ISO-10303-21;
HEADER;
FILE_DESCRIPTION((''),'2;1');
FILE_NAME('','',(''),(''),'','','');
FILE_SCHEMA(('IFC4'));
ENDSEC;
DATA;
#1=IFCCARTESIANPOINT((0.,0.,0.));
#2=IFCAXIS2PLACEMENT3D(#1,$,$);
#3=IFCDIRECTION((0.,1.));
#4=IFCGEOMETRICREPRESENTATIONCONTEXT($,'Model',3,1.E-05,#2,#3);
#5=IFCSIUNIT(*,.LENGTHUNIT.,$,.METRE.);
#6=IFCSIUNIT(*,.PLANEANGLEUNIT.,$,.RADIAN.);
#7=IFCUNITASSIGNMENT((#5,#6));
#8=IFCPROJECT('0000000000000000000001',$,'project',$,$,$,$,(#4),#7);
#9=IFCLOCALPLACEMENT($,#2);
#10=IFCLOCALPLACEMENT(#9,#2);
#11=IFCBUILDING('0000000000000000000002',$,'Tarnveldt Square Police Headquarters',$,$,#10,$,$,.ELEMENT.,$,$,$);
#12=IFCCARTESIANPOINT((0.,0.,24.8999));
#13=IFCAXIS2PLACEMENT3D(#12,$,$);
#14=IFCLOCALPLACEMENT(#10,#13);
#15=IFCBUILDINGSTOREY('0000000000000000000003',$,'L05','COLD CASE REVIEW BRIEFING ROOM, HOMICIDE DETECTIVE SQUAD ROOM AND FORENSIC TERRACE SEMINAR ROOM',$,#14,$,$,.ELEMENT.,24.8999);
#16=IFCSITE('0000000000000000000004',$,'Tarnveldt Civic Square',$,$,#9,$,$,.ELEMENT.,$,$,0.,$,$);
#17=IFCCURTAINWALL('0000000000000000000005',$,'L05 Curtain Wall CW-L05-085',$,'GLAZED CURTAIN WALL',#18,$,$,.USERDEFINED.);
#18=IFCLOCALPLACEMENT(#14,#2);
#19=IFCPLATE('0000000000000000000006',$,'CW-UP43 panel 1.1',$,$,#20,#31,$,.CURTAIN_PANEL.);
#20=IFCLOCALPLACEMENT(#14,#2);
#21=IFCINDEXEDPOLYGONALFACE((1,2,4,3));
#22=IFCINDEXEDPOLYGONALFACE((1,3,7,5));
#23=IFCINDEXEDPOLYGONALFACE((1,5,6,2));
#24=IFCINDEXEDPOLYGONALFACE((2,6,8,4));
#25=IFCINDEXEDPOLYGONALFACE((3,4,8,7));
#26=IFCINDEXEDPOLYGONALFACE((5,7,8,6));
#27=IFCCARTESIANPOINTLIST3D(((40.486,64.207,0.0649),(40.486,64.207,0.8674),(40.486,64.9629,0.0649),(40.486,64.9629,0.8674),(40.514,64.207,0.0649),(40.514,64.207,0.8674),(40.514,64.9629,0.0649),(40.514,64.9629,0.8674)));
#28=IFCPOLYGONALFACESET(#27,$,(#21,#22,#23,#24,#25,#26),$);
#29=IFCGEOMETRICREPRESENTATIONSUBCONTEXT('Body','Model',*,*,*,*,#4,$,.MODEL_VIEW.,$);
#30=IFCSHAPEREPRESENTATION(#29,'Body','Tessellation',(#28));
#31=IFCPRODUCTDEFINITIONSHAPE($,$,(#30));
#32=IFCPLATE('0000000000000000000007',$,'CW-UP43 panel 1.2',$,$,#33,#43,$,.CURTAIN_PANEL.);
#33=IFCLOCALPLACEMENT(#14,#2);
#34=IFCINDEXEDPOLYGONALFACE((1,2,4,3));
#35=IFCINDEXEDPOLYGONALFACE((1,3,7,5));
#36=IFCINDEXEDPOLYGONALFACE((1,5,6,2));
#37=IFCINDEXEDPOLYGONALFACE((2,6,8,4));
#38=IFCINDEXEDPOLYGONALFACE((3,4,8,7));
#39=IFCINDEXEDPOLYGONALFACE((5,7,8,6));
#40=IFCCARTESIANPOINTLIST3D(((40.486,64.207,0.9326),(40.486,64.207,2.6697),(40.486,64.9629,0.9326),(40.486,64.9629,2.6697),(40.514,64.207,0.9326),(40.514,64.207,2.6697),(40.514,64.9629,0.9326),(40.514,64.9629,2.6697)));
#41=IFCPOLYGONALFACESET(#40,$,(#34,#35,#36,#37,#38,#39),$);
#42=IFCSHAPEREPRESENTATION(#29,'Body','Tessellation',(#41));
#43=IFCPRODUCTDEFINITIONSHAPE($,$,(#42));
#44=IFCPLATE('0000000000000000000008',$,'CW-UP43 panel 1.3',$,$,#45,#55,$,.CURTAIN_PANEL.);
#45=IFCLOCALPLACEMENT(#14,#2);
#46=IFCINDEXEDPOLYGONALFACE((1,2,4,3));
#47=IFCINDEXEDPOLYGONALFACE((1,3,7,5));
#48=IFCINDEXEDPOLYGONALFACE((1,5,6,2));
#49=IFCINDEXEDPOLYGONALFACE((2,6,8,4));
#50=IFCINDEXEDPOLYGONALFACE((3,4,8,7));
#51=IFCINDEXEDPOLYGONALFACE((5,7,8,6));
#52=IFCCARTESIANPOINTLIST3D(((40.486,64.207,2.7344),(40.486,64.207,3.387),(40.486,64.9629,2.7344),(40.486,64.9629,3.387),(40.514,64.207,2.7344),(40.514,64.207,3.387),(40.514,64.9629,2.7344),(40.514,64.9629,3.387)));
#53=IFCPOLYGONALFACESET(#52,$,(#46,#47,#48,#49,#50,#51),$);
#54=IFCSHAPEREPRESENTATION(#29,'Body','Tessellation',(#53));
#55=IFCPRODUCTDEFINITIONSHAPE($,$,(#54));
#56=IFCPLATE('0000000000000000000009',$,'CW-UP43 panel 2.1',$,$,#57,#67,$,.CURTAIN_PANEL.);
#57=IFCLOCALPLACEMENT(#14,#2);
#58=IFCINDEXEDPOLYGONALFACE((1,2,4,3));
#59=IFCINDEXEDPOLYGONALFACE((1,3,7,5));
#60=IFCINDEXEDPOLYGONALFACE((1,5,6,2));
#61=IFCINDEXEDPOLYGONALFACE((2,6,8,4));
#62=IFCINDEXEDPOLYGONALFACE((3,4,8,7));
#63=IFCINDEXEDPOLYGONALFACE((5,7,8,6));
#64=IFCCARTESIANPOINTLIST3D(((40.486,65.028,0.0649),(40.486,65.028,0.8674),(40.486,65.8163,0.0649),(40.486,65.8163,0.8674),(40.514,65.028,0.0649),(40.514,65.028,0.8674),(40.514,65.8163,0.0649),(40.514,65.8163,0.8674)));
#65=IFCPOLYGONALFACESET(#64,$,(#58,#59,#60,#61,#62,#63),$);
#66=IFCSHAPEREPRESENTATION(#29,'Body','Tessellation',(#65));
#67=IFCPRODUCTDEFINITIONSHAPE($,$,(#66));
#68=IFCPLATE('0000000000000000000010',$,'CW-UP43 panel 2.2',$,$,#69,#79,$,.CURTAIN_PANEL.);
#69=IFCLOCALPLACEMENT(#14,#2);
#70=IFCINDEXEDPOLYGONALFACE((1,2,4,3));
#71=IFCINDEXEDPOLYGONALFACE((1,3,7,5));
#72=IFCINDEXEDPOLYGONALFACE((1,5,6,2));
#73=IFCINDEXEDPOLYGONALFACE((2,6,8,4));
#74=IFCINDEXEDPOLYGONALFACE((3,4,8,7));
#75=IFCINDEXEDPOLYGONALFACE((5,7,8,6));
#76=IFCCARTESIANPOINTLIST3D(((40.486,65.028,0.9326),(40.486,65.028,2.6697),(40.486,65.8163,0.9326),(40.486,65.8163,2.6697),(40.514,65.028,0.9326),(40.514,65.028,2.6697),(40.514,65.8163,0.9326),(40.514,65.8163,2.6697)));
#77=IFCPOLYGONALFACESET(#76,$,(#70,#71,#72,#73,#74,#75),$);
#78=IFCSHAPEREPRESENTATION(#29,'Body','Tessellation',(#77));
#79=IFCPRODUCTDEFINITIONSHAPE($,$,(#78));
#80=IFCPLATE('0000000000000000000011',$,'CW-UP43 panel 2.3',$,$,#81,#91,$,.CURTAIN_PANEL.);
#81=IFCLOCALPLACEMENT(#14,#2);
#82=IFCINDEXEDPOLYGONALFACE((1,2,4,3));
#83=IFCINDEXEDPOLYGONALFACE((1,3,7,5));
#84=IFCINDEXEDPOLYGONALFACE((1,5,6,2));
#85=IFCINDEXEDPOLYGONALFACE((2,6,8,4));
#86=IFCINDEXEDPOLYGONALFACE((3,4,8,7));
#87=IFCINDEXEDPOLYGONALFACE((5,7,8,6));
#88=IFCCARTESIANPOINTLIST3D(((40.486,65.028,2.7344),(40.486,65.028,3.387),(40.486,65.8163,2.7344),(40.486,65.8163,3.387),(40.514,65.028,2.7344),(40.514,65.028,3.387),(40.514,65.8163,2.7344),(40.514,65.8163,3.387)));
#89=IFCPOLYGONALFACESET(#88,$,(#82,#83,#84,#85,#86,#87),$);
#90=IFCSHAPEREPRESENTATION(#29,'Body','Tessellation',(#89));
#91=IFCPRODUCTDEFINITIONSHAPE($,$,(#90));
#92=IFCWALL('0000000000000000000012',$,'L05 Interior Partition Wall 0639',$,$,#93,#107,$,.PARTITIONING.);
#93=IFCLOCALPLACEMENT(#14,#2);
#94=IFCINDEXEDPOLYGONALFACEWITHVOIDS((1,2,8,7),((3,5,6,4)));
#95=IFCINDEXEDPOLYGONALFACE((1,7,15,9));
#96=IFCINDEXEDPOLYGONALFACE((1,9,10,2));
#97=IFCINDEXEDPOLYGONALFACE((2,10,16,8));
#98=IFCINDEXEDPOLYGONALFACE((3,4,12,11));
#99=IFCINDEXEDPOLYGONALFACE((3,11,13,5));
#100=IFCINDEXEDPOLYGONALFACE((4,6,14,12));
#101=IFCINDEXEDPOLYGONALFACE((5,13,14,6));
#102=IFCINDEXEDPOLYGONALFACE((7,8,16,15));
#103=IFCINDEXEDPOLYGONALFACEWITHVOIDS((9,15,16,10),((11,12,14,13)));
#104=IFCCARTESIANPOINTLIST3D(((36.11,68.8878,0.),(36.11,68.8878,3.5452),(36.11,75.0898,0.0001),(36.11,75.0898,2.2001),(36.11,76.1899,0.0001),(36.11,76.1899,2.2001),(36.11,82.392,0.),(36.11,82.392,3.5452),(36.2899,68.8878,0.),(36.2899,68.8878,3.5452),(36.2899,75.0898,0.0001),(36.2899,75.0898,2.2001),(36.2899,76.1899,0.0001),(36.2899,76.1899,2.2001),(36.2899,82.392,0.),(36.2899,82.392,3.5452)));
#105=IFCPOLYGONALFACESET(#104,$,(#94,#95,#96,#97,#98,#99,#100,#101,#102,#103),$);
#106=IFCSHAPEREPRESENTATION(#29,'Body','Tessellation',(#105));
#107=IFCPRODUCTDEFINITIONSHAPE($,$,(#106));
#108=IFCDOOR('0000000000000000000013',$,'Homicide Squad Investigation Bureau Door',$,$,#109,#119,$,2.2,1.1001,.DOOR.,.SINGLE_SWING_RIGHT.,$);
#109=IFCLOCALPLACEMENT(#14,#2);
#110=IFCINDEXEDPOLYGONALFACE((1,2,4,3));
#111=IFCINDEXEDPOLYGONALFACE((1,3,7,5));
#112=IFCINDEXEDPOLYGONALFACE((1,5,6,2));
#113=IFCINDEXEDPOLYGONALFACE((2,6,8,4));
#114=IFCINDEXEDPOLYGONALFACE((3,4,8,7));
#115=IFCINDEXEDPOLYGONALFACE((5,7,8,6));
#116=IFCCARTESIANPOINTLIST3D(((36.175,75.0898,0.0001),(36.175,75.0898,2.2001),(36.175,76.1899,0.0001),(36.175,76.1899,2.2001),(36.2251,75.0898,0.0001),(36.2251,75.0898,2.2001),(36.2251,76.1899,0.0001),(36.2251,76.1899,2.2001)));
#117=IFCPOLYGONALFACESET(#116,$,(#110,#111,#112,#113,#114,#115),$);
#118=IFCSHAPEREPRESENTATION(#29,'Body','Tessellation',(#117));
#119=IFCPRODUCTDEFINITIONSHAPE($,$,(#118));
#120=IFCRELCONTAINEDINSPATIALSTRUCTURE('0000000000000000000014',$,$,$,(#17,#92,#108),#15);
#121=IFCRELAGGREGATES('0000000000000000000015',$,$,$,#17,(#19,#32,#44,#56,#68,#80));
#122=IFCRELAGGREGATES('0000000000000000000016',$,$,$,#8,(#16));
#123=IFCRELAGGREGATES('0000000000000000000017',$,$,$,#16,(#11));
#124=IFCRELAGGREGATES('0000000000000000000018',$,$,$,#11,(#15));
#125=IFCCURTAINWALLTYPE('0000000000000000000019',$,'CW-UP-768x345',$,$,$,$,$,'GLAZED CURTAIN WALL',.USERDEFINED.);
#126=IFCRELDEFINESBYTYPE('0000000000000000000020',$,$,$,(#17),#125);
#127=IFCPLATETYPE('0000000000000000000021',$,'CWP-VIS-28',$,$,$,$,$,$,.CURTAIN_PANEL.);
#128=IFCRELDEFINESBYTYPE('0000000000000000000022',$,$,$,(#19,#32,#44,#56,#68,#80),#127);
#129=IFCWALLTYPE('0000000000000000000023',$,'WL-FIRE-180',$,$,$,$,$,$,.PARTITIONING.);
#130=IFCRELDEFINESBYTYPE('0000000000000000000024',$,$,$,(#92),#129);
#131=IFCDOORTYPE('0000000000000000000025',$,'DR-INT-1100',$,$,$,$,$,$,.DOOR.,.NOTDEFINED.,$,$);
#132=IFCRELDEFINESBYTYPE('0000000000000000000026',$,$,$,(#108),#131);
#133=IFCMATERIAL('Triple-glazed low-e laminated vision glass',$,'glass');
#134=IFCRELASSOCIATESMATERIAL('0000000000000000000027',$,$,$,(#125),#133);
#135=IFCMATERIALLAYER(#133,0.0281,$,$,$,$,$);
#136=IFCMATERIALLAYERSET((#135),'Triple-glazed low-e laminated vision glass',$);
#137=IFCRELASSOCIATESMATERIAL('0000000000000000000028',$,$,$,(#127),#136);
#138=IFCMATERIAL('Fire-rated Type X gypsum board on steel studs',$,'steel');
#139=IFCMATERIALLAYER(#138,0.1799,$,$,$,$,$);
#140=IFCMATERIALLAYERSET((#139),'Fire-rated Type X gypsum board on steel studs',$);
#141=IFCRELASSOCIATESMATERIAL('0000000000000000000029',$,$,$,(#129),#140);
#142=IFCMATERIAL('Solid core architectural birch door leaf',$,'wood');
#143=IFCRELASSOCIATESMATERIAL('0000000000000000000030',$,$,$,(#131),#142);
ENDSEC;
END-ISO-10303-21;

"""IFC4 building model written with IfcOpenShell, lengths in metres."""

from ifc_helpers import new_model, si_unit, direction, frame, frame_2d, origin, origin_2d, place, context, subcontext, project, spatial, rectangle, extrude, material, layer, layer_set, type_object, element, fill, aggregate, save


model = new_model("IFC4")

# Units and contexts
model_context = context("Model", 3, precision=1e-05, world=origin(), true_north=direction((0.0, 1.0)))
body_context = subcontext(model_context, "Body", "Model", "MODEL_VIEW")
ifc_project = project(units=[si_unit("LENGTHUNIT", "METRE"), si_unit("PLANEANGLEUNIT", "RADIAN")], contexts=[model_context])

# Site, building, storey
site_placement = place(None, origin())
site = spatial("IfcSite", under=ifc_project, at=site_placement, Name="Tarnveldt Civic Square", CompositionType="ELEMENT", RefElevation=0.0)
building_placement = place(site_placement, origin())
building = spatial("IfcBuilding", under=site, at=building_placement, Name="Tarnveldt Square Police Headquarters", CompositionType="ELEMENT")
storey_placement = place(building_placement, frame((0.0, 0.0, 24.8999)))
storey = spatial("IfcBuildingStorey", under=building, at=storey_placement, Name="L05", Description="COLD CASE REVIEW BRIEFING ROOM, HOMICIDE DETECTIVE SQUAD ROOM AND FORENSIC TERRACE SEMINAR ROOM", CompositionType="ELEMENT", Elevation=24.8999)

# Curtain wall, plates
ifc_material_1 = material(Name="Triple-glazed low-e laminated vision glass", Category="glass")
curtain_wall_type = type_object("IfcCurtainWallType", Name="CW-UP-768x345", ElementType="GLAZED CURTAIN WALL", PredefinedType="USERDEFINED", material=ifc_material_1)
curtain_wall_placement = place(storey_placement, origin())
curtain_wall = element("IfcCurtainWall", 1, at=curtain_wall_placement, inside=storey, type_object=curtain_wall_type, Name="L05 Curtain Wall CW-L05-085", ObjectType="GLAZED CURTAIN WALL", PredefinedType="USERDEFINED")
ifc_layer_1 = layer(ifc_material_1, 0.0281)
ifc_layer_set_1 = layer_set([ifc_layer_1], Name="Triple-glazed low-e laminated vision glass")
plate_type = type_object("IfcPlateType", Name="CWP-VIS-28", PredefinedType="CURTAIN_PANEL", material=ifc_layer_set_1)
plate_1_placement = place(storey_placement, frame((40.5, 64.585, 0.0649), z_axis=(0.0, 0.0, 1.0), x_axis=(0.0, 1.0, 0.0)))
plate_1 = element("IfcPlate", 2, at=plate_1_placement, type_object=plate_type, Name="CW-UP43 panel 1.1", PredefinedType="CURTAIN_PANEL", context=body_context, shape_type="SweptSolid", body=[
    extrude(rectangle(XDim=0.7559, YDim=0.0281, at=origin_2d()), origin(), (0.0, 0.0, 1.0), 0.8025),
])
plate_2_placement = place(storey_placement, frame((40.5, 64.585, 0.9326), z_axis=(0.0, 0.0, 1.0), x_axis=(0.0, 1.0, 0.0)))
plate_2 = element("IfcPlate", 3, at=plate_2_placement, type_object=plate_type, Name="CW-UP43 panel 1.2", PredefinedType="CURTAIN_PANEL", context=body_context, shape_type="SweptSolid", body=[
    extrude(rectangle(XDim=0.7559, YDim=0.0281, at=origin_2d()), origin(), (0.0, 0.0, 1.0), 1.7371),
])
plate_3_placement = place(storey_placement, frame((40.5, 64.585, 2.7344), z_axis=(0.0, 0.0, 1.0), x_axis=(0.0, 1.0, 0.0)))
plate_3 = element("IfcPlate", 4, at=plate_3_placement, type_object=plate_type, Name="CW-UP43 panel 1.3", PredefinedType="CURTAIN_PANEL", context=body_context, shape_type="SweptSolid", body=[
    extrude(rectangle(XDim=0.7559, YDim=0.0281, at=origin_2d()), origin(), (0.0, 0.0, 1.0), 0.6526),
])
plate_4_placement = place(storey_placement, frame((40.5, 65.4221, 0.0649), z_axis=(0.0, 0.0, 1.0), x_axis=(0.0, 1.0, 0.0)))
plate_4 = element("IfcPlate", 5, at=plate_4_placement, type_object=plate_type, Name="CW-UP43 panel 2.1", PredefinedType="CURTAIN_PANEL", context=body_context, shape_type="SweptSolid", body=[
    extrude(rectangle(XDim=0.7883, YDim=0.0281, at=origin_2d()), origin(), (0.0, 0.0, 1.0), 0.8025),
])
plate_5_placement = place(storey_placement, frame((40.5, 65.4221, 0.9326), z_axis=(0.0, 0.0, 1.0), x_axis=(0.0, 1.0, 0.0)))
plate_5 = element("IfcPlate", 6, at=plate_5_placement, type_object=plate_type, Name="CW-UP43 panel 2.2", PredefinedType="CURTAIN_PANEL", context=body_context, shape_type="SweptSolid", body=[
    extrude(rectangle(XDim=0.7883, YDim=0.0281, at=origin_2d()), origin(), (0.0, 0.0, 1.0), 1.7371),
])
plate_6_placement = place(storey_placement, frame((40.5, 65.4221, 2.7344), z_axis=(0.0, 0.0, 1.0), x_axis=(0.0, 1.0, 0.0)))
plate_6 = element("IfcPlate", 7, at=plate_6_placement, type_object=plate_type, Name="CW-UP43 panel 2.3", PredefinedType="CURTAIN_PANEL", context=body_context, shape_type="SweptSolid", body=[
    extrude(rectangle(XDim=0.7883, YDim=0.0281, at=origin_2d()), origin(), (0.0, 0.0, 1.0), 0.6526),
])
aggregate(curtain_wall, [plate_1, plate_2, plate_3, plate_4, plate_5, plate_6])

# Wall, opening, door
ifc_material_2 = material(Name="Fire-rated Type X gypsum board on steel studs", Category="steel")
ifc_layer_2 = layer(ifc_material_2, 0.1799)
ifc_layer_set_2 = layer_set([ifc_layer_2], Name="Fire-rated Type X gypsum board on steel studs")
wall_type = type_object("IfcWallType", Name="WL-FIRE-180", PredefinedType="PARTITIONING", material=ifc_layer_set_2)
ifc_material_3 = material(Name="Solid core architectural birch door leaf", Category="wood")
wall_1_placement = place(storey_placement, frame((36.2, 68.8879, 0.0), z_axis=(0.0, 0.0, 1.0), x_axis=(0.0, 1.0, 0.0)))
wall_1 = element("IfcWall", 8, at=wall_1_placement, inside=storey, type_object=wall_type, Name="L05 Interior Partition Wall 0639", PredefinedType="PARTITIONING", context=body_context, shape_type="SweptSolid", body=[
    extrude(rectangle(XDim=13.5042, YDim=0.1799, at=frame_2d((6.752, 0.0))), origin(), (0.0, 0.0, 1.0), 3.5452),
])
opening_1_placement = place(wall_1_placement, frame((6.2019, 0.0, 0.0)))
opening_1 = element("IfcOpeningElement", 9, at=opening_1_placement, cuts=wall_1, PredefinedType="OPENING", context=body_context, shape_type="SweptSolid", body=[
    extrude(rectangle(XDim=1.1001, YDim=2.2, at=frame_2d((0.55, 1.1001))), frame((0.0, 0.0999, 0.0), z_axis=(0.0, -1.0, 0.0), x_axis=(1.0, 0.0, 0.0)), (0.0, 0.0, 1.0), 0.2),
])
door_type_1 = type_object("IfcDoorType", Name="DR-INT-1100", OperationType="NOTDEFINED", PredefinedType="DOOR", material=ifc_material_3)
door_1_placement = place(opening_1_placement, origin())
door_1 = element("IfcDoor", 10, at=door_1_placement, inside=storey, type_object=door_type_1, Name="Homicide Squad Investigation Bureau Door", OperationType="SINGLE_SWING_RIGHT", OverallHeight=2.2, OverallWidth=1.1001, PredefinedType="DOOR", context=body_context, shape_type="SweptSolid", body=[
    extrude(rectangle(XDim=1.1001, YDim=2.2, at=frame_2d((0.55, 1.1001))), frame((0.0, 0.0249, 0.0), z_axis=(0.0, -1.0, 0.0), x_axis=(1.0, 0.0, 0.0)), (0.0, 0.0, 1.0), 0.05),
])
fill(opening_1, door_1)

save(model, "model.ifc")
